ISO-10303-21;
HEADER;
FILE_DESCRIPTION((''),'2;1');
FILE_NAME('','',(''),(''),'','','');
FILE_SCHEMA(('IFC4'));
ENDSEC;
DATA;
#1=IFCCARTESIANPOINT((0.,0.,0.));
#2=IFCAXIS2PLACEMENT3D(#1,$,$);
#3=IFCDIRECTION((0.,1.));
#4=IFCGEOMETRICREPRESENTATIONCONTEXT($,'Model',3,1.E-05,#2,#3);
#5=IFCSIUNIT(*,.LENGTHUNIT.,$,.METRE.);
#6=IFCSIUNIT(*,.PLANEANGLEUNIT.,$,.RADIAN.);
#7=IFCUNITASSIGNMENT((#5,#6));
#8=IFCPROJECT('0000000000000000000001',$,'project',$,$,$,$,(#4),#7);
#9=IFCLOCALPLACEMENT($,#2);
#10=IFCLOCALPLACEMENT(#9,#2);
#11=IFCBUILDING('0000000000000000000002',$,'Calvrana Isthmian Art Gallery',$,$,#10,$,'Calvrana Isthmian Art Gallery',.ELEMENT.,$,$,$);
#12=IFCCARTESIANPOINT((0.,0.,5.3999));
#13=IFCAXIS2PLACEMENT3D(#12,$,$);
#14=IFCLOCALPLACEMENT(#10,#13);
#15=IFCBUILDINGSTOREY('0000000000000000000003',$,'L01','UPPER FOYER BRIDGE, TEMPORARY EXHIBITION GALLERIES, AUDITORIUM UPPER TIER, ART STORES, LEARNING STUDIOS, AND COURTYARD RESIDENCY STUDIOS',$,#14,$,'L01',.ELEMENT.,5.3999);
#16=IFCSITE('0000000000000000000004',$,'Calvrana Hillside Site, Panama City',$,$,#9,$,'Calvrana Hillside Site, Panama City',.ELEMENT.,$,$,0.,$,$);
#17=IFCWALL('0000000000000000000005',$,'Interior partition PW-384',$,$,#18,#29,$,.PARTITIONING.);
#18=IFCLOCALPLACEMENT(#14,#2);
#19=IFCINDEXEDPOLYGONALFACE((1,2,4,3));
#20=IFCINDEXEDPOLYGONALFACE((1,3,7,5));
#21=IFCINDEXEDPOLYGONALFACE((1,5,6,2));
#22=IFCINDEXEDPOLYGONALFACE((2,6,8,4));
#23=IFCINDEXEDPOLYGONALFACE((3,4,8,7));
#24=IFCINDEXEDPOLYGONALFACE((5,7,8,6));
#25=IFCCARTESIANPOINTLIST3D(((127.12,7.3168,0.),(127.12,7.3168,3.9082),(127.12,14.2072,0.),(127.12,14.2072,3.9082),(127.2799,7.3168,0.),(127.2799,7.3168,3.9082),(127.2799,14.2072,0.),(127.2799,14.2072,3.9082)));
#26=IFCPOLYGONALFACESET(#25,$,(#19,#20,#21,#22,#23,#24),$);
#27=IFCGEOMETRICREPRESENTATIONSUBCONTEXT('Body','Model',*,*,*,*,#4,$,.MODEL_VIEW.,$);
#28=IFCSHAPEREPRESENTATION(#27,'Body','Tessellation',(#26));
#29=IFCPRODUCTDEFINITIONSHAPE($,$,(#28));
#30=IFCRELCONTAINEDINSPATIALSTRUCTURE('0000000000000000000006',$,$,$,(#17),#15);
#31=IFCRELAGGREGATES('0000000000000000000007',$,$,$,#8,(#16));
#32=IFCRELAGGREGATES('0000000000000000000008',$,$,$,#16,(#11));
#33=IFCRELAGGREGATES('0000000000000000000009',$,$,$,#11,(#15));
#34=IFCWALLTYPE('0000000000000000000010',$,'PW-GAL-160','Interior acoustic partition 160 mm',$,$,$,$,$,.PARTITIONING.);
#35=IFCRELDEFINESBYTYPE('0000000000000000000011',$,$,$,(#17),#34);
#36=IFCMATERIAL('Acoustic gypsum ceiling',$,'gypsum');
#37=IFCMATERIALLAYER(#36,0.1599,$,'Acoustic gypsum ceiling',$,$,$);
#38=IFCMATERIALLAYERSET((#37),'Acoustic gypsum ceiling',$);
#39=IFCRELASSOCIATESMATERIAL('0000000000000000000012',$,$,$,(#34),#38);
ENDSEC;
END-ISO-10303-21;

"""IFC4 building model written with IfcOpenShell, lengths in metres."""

from ifc_helpers import new_model, si_unit, direction, frame, frame_2d, origin, place, context, subcontext, project, spatial, rectangle, extrude, material, layer, layer_set, type_object, element, save


model = new_model("IFC4")

# Units and contexts
model_context = context("Model", 3, precision=1e-05, world=origin(), true_north=direction((0.0, 1.0)))
body_context = subcontext(model_context, "Body", "Model", "MODEL_VIEW")
ifc_project = project(units=[si_unit("LENGTHUNIT", "METRE"), si_unit("PLANEANGLEUNIT", "RADIAN")], contexts=[model_context])

# Site, building, storey
site_placement = place(None, origin())
site = spatial("IfcSite", under=ifc_project, at=site_placement, Name="Calvrana Hillside Site, Panama City", LongName="Calvrana Hillside Site, Panama City", CompositionType="ELEMENT", RefElevation=0.0)
building_placement = place(site_placement, origin())
building = spatial("IfcBuilding", under=site, at=building_placement, Name="Calvrana Isthmian Art Gallery", LongName="Calvrana Isthmian Art Gallery", CompositionType="ELEMENT")
storey_placement = place(building_placement, frame((0.0, 0.0, 5.3999)))
storey = spatial("IfcBuildingStorey", under=building, at=storey_placement, Name="L01", Description="UPPER FOYER BRIDGE, TEMPORARY EXHIBITION GALLERIES, AUDITORIUM UPPER TIER, ART STORES, LEARNING STUDIOS, AND COURTYARD RESIDENCY STUDIOS", LongName="L01", CompositionType="ELEMENT", Elevation=5.3999)

# Wall
ifc_material_1 = material(Name="Acoustic gypsum ceiling", Category="gypsum")
ifc_layer_1 = layer(ifc_material_1, 0.1599, Name="Acoustic gypsum ceiling")
ifc_layer_set_1 = layer_set([ifc_layer_1], Name="Acoustic gypsum ceiling")
wall_type_1 = type_object("IfcWallType", Name="PW-GAL-160", Description="Interior acoustic partition 160 mm", PredefinedType="PARTITIONING", material=ifc_layer_set_1)
wall_1_placement = place(storey_placement, frame((127.2, 7.3167, 0.0), z_axis=(0.0, 0.0, 1.0), x_axis=(0.0, 1.0, 0.0)))
element("IfcWall", 1, at=wall_1_placement, inside=storey, type_object=wall_type_1, Name="Interior partition PW-384", PredefinedType="PARTITIONING", context=body_context, shape_type="SweptSolid", body=[
    extrude(rectangle(XDim=6.8904, YDim=0.1599, at=frame_2d((3.4453, 0.0))), origin(), (0.0, 0.0, 1.0), 3.9082),
])

save(model, "model.ifc")
